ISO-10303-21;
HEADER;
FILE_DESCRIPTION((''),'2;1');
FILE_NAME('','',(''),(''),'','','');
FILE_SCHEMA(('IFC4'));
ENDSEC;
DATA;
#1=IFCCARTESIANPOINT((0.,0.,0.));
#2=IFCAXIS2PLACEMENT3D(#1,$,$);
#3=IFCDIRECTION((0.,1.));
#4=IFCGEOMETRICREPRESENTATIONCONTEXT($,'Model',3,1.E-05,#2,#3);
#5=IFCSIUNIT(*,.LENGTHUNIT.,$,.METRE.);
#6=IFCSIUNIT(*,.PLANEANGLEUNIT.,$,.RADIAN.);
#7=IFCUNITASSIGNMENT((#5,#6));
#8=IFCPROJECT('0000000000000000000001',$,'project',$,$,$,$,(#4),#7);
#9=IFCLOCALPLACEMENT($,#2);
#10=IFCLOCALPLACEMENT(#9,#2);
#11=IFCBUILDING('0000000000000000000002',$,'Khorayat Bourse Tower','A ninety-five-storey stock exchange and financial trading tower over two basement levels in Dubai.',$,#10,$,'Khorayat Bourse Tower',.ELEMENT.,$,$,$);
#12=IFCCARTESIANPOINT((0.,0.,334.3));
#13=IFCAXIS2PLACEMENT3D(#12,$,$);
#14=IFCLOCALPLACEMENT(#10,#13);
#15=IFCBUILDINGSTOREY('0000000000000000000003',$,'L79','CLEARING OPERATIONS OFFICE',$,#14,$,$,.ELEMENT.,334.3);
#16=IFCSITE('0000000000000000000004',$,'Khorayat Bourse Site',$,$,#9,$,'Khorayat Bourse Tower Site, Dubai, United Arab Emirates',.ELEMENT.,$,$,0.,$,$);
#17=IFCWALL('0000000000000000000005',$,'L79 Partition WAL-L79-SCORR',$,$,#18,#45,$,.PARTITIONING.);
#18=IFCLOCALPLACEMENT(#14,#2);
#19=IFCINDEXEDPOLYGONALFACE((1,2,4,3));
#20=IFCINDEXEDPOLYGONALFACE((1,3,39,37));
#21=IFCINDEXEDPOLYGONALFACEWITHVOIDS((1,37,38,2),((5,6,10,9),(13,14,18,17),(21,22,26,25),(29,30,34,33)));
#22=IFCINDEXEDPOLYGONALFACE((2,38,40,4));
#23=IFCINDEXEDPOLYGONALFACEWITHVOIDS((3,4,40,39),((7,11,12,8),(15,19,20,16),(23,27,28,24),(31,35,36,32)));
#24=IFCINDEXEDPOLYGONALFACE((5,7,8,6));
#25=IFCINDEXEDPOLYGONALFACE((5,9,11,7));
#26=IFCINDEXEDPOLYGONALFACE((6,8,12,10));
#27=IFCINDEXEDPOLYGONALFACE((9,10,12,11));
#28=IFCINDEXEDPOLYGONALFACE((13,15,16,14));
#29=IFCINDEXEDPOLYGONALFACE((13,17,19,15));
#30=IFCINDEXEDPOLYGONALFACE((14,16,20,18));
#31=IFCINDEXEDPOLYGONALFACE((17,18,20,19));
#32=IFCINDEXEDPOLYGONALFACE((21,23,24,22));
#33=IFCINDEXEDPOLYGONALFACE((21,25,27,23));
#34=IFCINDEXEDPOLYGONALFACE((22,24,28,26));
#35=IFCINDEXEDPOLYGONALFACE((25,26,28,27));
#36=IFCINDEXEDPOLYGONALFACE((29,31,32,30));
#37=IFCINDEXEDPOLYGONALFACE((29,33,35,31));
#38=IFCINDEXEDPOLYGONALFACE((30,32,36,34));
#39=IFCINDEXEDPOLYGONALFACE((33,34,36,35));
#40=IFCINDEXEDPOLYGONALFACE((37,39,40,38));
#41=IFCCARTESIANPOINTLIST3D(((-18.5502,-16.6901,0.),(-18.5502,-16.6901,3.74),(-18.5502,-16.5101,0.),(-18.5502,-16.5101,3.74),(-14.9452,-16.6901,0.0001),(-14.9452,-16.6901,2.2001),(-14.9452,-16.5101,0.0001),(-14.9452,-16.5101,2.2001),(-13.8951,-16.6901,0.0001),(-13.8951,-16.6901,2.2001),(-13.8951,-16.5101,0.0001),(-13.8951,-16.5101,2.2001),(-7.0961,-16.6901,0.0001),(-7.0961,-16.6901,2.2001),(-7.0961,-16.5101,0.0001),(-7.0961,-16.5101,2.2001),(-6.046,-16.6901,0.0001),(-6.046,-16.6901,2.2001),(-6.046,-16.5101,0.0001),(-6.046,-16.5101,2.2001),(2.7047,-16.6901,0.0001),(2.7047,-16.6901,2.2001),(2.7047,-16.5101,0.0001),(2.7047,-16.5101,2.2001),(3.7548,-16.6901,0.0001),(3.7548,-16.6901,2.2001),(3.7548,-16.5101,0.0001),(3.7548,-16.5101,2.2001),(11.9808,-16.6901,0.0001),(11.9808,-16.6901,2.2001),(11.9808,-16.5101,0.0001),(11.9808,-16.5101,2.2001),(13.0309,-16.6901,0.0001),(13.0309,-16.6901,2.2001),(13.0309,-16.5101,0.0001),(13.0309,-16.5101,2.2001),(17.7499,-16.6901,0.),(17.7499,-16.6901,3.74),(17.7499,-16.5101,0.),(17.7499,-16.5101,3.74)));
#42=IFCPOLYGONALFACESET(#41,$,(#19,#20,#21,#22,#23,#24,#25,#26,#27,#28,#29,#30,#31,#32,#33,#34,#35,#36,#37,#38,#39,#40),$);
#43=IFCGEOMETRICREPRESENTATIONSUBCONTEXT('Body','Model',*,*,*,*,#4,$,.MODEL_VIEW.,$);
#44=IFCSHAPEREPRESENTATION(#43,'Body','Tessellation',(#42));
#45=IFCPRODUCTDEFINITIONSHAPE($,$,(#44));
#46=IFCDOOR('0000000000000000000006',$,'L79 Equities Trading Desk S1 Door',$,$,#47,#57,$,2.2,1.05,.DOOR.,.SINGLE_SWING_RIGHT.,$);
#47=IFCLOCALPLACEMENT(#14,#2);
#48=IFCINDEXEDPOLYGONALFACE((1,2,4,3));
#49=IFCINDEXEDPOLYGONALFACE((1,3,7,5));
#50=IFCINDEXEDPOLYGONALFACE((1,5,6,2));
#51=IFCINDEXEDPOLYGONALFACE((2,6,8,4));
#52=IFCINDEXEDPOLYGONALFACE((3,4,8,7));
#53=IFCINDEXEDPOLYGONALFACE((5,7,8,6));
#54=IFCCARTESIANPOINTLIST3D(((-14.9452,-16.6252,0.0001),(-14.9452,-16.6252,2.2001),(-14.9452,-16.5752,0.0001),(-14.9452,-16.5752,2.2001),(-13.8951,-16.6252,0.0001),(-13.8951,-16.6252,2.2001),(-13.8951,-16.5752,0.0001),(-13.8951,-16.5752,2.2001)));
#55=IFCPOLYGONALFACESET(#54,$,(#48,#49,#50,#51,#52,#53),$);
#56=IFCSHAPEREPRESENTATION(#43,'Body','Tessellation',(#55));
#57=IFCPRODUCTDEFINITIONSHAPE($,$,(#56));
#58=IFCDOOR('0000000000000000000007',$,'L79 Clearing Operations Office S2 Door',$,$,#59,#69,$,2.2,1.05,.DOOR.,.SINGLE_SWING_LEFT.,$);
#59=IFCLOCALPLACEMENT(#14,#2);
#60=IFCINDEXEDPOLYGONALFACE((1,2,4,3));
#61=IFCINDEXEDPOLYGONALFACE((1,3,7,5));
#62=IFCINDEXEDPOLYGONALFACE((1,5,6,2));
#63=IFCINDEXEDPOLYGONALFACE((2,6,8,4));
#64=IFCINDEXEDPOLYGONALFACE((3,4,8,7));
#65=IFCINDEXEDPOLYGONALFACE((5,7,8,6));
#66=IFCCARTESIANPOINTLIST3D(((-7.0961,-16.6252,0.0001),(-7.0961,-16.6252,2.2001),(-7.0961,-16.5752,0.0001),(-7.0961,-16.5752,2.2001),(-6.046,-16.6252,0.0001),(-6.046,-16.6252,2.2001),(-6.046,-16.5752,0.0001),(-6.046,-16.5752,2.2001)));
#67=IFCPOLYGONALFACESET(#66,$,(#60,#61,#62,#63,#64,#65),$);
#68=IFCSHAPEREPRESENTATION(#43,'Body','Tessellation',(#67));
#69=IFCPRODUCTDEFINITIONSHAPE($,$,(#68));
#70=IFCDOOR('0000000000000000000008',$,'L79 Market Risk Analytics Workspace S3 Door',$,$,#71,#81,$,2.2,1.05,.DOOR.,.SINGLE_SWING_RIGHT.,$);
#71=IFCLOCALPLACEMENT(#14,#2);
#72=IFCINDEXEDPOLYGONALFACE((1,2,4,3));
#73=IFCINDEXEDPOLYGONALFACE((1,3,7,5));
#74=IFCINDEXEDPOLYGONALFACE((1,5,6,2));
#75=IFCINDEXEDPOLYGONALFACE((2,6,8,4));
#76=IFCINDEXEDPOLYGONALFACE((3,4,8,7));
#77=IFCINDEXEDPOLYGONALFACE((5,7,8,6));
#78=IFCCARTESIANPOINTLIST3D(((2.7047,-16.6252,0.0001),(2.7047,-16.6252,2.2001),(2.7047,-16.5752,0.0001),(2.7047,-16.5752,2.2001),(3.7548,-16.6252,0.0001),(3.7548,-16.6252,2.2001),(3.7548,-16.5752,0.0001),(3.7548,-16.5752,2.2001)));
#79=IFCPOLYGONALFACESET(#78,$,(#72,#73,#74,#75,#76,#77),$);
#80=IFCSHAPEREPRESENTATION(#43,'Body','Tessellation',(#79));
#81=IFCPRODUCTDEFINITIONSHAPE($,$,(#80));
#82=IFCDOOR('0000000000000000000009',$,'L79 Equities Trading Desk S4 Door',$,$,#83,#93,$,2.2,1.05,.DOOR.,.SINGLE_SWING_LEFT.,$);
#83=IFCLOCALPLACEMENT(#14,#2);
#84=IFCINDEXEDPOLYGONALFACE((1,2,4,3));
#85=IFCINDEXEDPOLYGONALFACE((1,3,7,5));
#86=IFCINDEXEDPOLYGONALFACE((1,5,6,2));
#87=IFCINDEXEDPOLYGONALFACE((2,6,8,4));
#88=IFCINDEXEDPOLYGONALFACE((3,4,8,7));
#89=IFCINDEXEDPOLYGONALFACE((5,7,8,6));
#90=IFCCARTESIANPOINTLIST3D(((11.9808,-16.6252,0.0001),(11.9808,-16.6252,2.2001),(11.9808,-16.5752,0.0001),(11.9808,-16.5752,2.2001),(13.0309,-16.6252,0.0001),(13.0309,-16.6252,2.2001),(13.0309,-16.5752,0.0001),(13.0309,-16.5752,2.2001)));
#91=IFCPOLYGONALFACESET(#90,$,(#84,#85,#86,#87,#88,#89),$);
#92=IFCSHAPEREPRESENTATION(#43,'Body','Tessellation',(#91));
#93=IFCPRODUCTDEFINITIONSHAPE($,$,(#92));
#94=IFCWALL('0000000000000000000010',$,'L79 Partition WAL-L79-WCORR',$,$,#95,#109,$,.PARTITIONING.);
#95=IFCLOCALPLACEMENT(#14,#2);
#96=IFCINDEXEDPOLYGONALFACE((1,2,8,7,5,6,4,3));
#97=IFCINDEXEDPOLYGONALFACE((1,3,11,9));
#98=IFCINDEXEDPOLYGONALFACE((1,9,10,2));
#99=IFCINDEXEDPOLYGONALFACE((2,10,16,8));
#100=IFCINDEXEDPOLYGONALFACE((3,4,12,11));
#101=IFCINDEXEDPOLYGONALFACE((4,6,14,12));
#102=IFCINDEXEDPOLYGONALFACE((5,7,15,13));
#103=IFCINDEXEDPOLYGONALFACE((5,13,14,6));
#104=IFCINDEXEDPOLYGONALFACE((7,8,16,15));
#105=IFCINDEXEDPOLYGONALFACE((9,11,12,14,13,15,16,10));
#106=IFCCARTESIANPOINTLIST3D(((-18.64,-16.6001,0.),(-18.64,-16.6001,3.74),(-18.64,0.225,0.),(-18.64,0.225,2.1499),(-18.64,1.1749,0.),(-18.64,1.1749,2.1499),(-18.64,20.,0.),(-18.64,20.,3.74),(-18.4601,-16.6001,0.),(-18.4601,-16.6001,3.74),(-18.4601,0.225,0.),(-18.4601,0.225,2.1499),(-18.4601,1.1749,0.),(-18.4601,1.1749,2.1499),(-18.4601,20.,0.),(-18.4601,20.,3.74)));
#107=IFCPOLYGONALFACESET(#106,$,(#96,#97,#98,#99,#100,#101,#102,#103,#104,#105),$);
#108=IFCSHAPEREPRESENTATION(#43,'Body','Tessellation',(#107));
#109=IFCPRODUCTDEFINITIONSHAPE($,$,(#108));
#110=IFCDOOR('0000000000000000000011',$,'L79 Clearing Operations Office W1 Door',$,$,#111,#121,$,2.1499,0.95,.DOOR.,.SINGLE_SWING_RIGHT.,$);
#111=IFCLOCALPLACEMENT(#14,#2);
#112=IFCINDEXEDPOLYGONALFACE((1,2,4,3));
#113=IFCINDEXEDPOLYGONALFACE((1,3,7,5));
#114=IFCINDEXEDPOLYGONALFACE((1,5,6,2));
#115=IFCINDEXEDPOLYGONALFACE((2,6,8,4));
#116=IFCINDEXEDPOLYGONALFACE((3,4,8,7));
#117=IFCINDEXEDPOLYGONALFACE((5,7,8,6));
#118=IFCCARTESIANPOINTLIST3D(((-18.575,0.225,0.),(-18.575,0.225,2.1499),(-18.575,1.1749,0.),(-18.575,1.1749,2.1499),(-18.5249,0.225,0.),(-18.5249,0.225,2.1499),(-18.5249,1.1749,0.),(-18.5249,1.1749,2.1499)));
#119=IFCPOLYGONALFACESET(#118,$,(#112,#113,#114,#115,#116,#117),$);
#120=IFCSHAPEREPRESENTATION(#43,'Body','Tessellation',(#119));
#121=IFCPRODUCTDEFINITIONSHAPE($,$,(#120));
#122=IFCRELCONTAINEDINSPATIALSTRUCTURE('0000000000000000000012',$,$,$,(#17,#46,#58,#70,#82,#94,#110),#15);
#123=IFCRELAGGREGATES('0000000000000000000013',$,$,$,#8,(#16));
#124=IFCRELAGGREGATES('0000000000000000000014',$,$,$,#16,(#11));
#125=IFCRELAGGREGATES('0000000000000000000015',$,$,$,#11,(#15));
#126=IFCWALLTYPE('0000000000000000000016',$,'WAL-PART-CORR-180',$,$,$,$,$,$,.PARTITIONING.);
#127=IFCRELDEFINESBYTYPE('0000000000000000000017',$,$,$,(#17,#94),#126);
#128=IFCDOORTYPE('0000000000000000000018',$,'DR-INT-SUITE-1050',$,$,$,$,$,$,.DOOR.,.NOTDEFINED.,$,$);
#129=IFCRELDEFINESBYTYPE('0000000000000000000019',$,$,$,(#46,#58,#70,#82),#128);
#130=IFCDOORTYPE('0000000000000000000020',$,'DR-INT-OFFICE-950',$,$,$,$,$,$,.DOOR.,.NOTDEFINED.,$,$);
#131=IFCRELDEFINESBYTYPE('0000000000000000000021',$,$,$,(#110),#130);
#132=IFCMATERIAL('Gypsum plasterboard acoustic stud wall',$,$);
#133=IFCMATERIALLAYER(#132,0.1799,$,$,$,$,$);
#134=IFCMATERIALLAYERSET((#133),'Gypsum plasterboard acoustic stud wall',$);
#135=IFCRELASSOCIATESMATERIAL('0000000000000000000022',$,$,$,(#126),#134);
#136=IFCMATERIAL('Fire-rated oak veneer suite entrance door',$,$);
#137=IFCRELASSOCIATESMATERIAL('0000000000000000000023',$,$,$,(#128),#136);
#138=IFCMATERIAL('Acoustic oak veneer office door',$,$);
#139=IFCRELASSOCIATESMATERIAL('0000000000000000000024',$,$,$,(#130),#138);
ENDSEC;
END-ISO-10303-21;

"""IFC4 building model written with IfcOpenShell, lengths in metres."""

from ifc_helpers import new_model, si_unit, direction, frame, frame_2d, origin, place, context, subcontext, project, spatial, rectangle, extrude, source, transform, mapped, material, layer, layer_set, type_object, element, fill, save


model = new_model("IFC4")

# Units and contexts
model_context = context("Model", 3, precision=1e-05, world=origin(), true_north=direction((0.0, 1.0)))
body_context = subcontext(model_context, "Body", "Model", "MODEL_VIEW")
ifc_project = project(units=[si_unit("LENGTHUNIT", "METRE"), si_unit("PLANEANGLEUNIT", "RADIAN")], contexts=[model_context])

# Site, building, storey
site_placement = place(None, origin())
site = spatial("IfcSite", under=ifc_project, at=site_placement, Name="Khorayat Bourse Site", LongName="Khorayat Bourse Tower Site, Dubai, United Arab Emirates", CompositionType="ELEMENT", RefElevation=0.0)
building_placement = place(site_placement, origin())
building = spatial("IfcBuilding", under=site, at=building_placement, Name="Khorayat Bourse Tower", Description="A ninety-five-storey stock exchange and financial trading tower over two basement levels in Dubai.", LongName="Khorayat Bourse Tower", CompositionType="ELEMENT")
storey_placement = place(building_placement, frame((0.0, 0.0, 334.3)))
storey = spatial("IfcBuildingStorey", under=building, at=storey_placement, Name="L79", Description="CLEARING OPERATIONS OFFICE", CompositionType="ELEMENT", Elevation=334.3)

# Shared definitions
ifc_material_1 = material(Name="Gypsum plasterboard acoustic stud wall")
ifc_layer_1 = layer(ifc_material_1, 0.1799)
ifc_layer_set_1 = layer_set([ifc_layer_1], Name="Gypsum plasterboard acoustic stud wall")
wall_type_1 = type_object("IfcWallType", Name="WAL-PART-CORR-180", PredefinedType="PARTITIONING", material=ifc_layer_set_1)

# Wall, openings, doors
shared_shape_1 = source(origin(), body_context, "Body", "SweptSolid", [
    extrude(rectangle(XDim=36.3, YDim=0.1799, at=frame_2d((18.1499, 0.0))), origin(), (0.0, 0.0, 1.0), 3.74),
])
wall_1_placement = place(storey_placement, frame((-18.55, -16.6001, 0.0), z_axis=(0.0, 0.0, 1.0), x_axis=(1.0, 0.0, 0.0)))
wall_1 = element("IfcWall", 1, at=wall_1_placement, inside=storey, type_object=wall_type_1, Name="L79 Partition WAL-L79-SCORR", PredefinedType="PARTITIONING", context=body_context, shape_type="MappedRepresentation", body=[
    mapped(shared_shape_1, transform((0.0, 0.0, 0.0), scale=1.0)),
])
shared_shape_2 = source(origin(), body_context, "Body", "SweptSolid", [
    extrude(rectangle(XDim=1.05, YDim=2.2, at=frame_2d((0.5249, 1.1001))), frame((0.0, 0.0999, 0.0), z_axis=(0.0, -1.0, 0.0), x_axis=(1.0, 0.0, 0.0)), (0.0, 0.0, 1.0), 0.2),
])
opening_1_placement = place(wall_1_placement, frame((3.605, 0.0, 0.0)))
opening_1 = element("IfcOpeningElement", 2, at=opening_1_placement, cuts=wall_1, PredefinedType="OPENING", context=body_context, shape_type="MappedRepresentation", body=[
    mapped(shared_shape_2, transform((0.0, 0.0, 0.0), scale=1.0)),
])
opening_2_placement = place(wall_1_placement, frame((11.4541, 0.0, 0.0)))
opening_2 = element("IfcOpeningElement", 3, at=opening_2_placement, cuts=wall_1, PredefinedType="OPENING", context=body_context, shape_type="MappedRepresentation", body=[
    mapped(shared_shape_2, transform((0.0, 0.0, 0.0), scale=1.0)),
])
opening_3_placement = place(wall_1_placement, frame((21.2549, 0.0, 0.0)))
opening_3 = element("IfcOpeningElement", 4, at=opening_3_placement, cuts=wall_1, PredefinedType="OPENING", context=body_context, shape_type="MappedRepresentation", body=[
    mapped(shared_shape_2, transform((0.0, 0.0, 0.0), scale=1.0)),
])
opening_4_placement = place(wall_1_placement, frame((30.531, 0.0, 0.0)))
opening_4 = element("IfcOpeningElement", 5, at=opening_4_placement, cuts=wall_1, PredefinedType="OPENING", context=body_context, shape_type="MappedRepresentation", body=[
    mapped(shared_shape_2, transform((0.0, 0.0, 0.0), scale=1.0)),
])
ifc_material_2 = material(Name="Fire-rated oak veneer suite entrance door")
door_type_1 = type_object("IfcDoorType", Name="DR-INT-SUITE-1050", OperationType="NOTDEFINED", PredefinedType="DOOR", material=ifc_material_2)
shared_shape_3 = source(origin(), body_context, "Body", "SweptSolid", [
    extrude(rectangle(XDim=1.05, YDim=2.2, at=frame_2d((0.5249, 1.1001))), frame((0.0, 0.0249, 0.0), z_axis=(0.0, -1.0, 0.0), x_axis=(1.0, 0.0, 0.0)), (0.0, 0.0, 1.0), 0.05),
])
door_1_placement = place(opening_1_placement, origin())
door_1 = element("IfcDoor", 6, at=door_1_placement, inside=storey, type_object=door_type_1, Name="L79 Equities Trading Desk S1 Door", OperationType="SINGLE_SWING_RIGHT", OverallHeight=2.2, OverallWidth=1.05, PredefinedType="DOOR", context=body_context, shape_type="MappedRepresentation", body=[
    mapped(shared_shape_3, transform((0.0, 0.0, 0.0), scale=1.0)),
])
fill(opening_1, door_1)
door_2_placement = place(opening_2_placement, origin())
door_2 = element("IfcDoor", 7, at=door_2_placement, inside=storey, type_object=door_type_1, Name="L79 Clearing Operations Office S2 Door", OperationType="SINGLE_SWING_LEFT", OverallHeight=2.2, OverallWidth=1.05, PredefinedType="DOOR", context=body_context, shape_type="MappedRepresentation", body=[
    mapped(shared_shape_3, transform((0.0, 0.0, 0.0), scale=1.0)),
])
fill(opening_2, door_2)
door_3_placement = place(opening_3_placement, origin())
door_3 = element("IfcDoor", 8, at=door_3_placement, inside=storey, type_object=door_type_1, Name="L79 Market Risk Analytics Workspace S3 Door", OperationType="SINGLE_SWING_RIGHT", OverallHeight=2.2, OverallWidth=1.05, PredefinedType="DOOR", context=body_context, shape_type="MappedRepresentation", body=[
    mapped(shared_shape_3, transform((0.0, 0.0, 0.0), scale=1.0)),
])
fill(opening_3, door_3)
door_4_placement = place(opening_4_placement, origin())
door_4 = element("IfcDoor", 9, at=door_4_placement, inside=storey, type_object=door_type_1, Name="L79 Equities Trading Desk S4 Door", OperationType="SINGLE_SWING_LEFT", OverallHeight=2.2, OverallWidth=1.05, PredefinedType="DOOR", context=body_context, shape_type="MappedRepresentation", body=[
    mapped(shared_shape_3, transform((0.0, 0.0, 0.0), scale=1.0)),
])
fill(opening_4, door_4)

# Wall, opening, door
shared_shape_4 = source(origin(), body_context, "Body", "SweptSolid", [
    extrude(rectangle(XDim=36.6001, YDim=0.1799, at=frame_2d((18.3, 0.0))), origin(), (0.0, 0.0, 1.0), 3.74),
])
wall_2_placement = place(storey_placement, frame((-18.55, -16.6001, 0.0), z_axis=(0.0, 0.0, 1.0), x_axis=(0.0, 1.0, 0.0)))
wall_2 = element("IfcWall", 10, at=wall_2_placement, inside=storey, type_object=wall_type_1, Name="L79 Partition WAL-L79-WCORR", PredefinedType="PARTITIONING", context=body_context, shape_type="MappedRepresentation", body=[
    mapped(shared_shape_4, transform((0.0, 0.0, 0.0), scale=1.0)),
])
shared_shape_5 = source(origin(), body_context, "Body", "SweptSolid", [
    extrude(rectangle(XDim=0.95, YDim=2.1499, at=frame_2d((0.4751, 1.075))), frame((0.0, 0.0999, 0.0), z_axis=(0.0, -1.0, 0.0), x_axis=(1.0, 0.0, 0.0)), (0.0, 0.0, 1.0), 0.2),
])
opening_5_placement = place(wall_2_placement, frame((16.825, 0.0, 0.0)))
opening_5 = element("IfcOpeningElement", 11, at=opening_5_placement, cuts=wall_2, PredefinedType="OPENING", context=body_context, shape_type="MappedRepresentation", body=[
    mapped(shared_shape_5, transform((0.0, 0.0, 0.0), scale=1.0)),
])
ifc_material_3 = material(Name="Acoustic oak veneer office door")
door_type_2 = type_object("IfcDoorType", Name="DR-INT-OFFICE-950", OperationType="NOTDEFINED", PredefinedType="DOOR", material=ifc_material_3)
shared_shape_6 = source(origin(), body_context, "Body", "SweptSolid", [
    extrude(rectangle(XDim=0.95, YDim=2.1499, at=frame_2d((0.4751, 1.075))), frame((0.0, 0.0249, 0.0), z_axis=(0.0, -1.0, 0.0), x_axis=(1.0, 0.0, 0.0)), (0.0, 0.0, 1.0), 0.05),
])
door_5_placement = place(opening_5_placement, origin())
door_5 = element("IfcDoor", 12, at=door_5_placement, inside=storey, type_object=door_type_2, Name="L79 Clearing Operations Office W1 Door", OperationType="SINGLE_SWING_RIGHT", OverallHeight=2.1499, OverallWidth=0.95, PredefinedType="DOOR", context=body_context, shape_type="MappedRepresentation", body=[
    mapped(shared_shape_6, transform((0.0, 0.0, 0.0), scale=1.0)),
])
fill(opening_5, door_5)

save(model, "model.ifc")
